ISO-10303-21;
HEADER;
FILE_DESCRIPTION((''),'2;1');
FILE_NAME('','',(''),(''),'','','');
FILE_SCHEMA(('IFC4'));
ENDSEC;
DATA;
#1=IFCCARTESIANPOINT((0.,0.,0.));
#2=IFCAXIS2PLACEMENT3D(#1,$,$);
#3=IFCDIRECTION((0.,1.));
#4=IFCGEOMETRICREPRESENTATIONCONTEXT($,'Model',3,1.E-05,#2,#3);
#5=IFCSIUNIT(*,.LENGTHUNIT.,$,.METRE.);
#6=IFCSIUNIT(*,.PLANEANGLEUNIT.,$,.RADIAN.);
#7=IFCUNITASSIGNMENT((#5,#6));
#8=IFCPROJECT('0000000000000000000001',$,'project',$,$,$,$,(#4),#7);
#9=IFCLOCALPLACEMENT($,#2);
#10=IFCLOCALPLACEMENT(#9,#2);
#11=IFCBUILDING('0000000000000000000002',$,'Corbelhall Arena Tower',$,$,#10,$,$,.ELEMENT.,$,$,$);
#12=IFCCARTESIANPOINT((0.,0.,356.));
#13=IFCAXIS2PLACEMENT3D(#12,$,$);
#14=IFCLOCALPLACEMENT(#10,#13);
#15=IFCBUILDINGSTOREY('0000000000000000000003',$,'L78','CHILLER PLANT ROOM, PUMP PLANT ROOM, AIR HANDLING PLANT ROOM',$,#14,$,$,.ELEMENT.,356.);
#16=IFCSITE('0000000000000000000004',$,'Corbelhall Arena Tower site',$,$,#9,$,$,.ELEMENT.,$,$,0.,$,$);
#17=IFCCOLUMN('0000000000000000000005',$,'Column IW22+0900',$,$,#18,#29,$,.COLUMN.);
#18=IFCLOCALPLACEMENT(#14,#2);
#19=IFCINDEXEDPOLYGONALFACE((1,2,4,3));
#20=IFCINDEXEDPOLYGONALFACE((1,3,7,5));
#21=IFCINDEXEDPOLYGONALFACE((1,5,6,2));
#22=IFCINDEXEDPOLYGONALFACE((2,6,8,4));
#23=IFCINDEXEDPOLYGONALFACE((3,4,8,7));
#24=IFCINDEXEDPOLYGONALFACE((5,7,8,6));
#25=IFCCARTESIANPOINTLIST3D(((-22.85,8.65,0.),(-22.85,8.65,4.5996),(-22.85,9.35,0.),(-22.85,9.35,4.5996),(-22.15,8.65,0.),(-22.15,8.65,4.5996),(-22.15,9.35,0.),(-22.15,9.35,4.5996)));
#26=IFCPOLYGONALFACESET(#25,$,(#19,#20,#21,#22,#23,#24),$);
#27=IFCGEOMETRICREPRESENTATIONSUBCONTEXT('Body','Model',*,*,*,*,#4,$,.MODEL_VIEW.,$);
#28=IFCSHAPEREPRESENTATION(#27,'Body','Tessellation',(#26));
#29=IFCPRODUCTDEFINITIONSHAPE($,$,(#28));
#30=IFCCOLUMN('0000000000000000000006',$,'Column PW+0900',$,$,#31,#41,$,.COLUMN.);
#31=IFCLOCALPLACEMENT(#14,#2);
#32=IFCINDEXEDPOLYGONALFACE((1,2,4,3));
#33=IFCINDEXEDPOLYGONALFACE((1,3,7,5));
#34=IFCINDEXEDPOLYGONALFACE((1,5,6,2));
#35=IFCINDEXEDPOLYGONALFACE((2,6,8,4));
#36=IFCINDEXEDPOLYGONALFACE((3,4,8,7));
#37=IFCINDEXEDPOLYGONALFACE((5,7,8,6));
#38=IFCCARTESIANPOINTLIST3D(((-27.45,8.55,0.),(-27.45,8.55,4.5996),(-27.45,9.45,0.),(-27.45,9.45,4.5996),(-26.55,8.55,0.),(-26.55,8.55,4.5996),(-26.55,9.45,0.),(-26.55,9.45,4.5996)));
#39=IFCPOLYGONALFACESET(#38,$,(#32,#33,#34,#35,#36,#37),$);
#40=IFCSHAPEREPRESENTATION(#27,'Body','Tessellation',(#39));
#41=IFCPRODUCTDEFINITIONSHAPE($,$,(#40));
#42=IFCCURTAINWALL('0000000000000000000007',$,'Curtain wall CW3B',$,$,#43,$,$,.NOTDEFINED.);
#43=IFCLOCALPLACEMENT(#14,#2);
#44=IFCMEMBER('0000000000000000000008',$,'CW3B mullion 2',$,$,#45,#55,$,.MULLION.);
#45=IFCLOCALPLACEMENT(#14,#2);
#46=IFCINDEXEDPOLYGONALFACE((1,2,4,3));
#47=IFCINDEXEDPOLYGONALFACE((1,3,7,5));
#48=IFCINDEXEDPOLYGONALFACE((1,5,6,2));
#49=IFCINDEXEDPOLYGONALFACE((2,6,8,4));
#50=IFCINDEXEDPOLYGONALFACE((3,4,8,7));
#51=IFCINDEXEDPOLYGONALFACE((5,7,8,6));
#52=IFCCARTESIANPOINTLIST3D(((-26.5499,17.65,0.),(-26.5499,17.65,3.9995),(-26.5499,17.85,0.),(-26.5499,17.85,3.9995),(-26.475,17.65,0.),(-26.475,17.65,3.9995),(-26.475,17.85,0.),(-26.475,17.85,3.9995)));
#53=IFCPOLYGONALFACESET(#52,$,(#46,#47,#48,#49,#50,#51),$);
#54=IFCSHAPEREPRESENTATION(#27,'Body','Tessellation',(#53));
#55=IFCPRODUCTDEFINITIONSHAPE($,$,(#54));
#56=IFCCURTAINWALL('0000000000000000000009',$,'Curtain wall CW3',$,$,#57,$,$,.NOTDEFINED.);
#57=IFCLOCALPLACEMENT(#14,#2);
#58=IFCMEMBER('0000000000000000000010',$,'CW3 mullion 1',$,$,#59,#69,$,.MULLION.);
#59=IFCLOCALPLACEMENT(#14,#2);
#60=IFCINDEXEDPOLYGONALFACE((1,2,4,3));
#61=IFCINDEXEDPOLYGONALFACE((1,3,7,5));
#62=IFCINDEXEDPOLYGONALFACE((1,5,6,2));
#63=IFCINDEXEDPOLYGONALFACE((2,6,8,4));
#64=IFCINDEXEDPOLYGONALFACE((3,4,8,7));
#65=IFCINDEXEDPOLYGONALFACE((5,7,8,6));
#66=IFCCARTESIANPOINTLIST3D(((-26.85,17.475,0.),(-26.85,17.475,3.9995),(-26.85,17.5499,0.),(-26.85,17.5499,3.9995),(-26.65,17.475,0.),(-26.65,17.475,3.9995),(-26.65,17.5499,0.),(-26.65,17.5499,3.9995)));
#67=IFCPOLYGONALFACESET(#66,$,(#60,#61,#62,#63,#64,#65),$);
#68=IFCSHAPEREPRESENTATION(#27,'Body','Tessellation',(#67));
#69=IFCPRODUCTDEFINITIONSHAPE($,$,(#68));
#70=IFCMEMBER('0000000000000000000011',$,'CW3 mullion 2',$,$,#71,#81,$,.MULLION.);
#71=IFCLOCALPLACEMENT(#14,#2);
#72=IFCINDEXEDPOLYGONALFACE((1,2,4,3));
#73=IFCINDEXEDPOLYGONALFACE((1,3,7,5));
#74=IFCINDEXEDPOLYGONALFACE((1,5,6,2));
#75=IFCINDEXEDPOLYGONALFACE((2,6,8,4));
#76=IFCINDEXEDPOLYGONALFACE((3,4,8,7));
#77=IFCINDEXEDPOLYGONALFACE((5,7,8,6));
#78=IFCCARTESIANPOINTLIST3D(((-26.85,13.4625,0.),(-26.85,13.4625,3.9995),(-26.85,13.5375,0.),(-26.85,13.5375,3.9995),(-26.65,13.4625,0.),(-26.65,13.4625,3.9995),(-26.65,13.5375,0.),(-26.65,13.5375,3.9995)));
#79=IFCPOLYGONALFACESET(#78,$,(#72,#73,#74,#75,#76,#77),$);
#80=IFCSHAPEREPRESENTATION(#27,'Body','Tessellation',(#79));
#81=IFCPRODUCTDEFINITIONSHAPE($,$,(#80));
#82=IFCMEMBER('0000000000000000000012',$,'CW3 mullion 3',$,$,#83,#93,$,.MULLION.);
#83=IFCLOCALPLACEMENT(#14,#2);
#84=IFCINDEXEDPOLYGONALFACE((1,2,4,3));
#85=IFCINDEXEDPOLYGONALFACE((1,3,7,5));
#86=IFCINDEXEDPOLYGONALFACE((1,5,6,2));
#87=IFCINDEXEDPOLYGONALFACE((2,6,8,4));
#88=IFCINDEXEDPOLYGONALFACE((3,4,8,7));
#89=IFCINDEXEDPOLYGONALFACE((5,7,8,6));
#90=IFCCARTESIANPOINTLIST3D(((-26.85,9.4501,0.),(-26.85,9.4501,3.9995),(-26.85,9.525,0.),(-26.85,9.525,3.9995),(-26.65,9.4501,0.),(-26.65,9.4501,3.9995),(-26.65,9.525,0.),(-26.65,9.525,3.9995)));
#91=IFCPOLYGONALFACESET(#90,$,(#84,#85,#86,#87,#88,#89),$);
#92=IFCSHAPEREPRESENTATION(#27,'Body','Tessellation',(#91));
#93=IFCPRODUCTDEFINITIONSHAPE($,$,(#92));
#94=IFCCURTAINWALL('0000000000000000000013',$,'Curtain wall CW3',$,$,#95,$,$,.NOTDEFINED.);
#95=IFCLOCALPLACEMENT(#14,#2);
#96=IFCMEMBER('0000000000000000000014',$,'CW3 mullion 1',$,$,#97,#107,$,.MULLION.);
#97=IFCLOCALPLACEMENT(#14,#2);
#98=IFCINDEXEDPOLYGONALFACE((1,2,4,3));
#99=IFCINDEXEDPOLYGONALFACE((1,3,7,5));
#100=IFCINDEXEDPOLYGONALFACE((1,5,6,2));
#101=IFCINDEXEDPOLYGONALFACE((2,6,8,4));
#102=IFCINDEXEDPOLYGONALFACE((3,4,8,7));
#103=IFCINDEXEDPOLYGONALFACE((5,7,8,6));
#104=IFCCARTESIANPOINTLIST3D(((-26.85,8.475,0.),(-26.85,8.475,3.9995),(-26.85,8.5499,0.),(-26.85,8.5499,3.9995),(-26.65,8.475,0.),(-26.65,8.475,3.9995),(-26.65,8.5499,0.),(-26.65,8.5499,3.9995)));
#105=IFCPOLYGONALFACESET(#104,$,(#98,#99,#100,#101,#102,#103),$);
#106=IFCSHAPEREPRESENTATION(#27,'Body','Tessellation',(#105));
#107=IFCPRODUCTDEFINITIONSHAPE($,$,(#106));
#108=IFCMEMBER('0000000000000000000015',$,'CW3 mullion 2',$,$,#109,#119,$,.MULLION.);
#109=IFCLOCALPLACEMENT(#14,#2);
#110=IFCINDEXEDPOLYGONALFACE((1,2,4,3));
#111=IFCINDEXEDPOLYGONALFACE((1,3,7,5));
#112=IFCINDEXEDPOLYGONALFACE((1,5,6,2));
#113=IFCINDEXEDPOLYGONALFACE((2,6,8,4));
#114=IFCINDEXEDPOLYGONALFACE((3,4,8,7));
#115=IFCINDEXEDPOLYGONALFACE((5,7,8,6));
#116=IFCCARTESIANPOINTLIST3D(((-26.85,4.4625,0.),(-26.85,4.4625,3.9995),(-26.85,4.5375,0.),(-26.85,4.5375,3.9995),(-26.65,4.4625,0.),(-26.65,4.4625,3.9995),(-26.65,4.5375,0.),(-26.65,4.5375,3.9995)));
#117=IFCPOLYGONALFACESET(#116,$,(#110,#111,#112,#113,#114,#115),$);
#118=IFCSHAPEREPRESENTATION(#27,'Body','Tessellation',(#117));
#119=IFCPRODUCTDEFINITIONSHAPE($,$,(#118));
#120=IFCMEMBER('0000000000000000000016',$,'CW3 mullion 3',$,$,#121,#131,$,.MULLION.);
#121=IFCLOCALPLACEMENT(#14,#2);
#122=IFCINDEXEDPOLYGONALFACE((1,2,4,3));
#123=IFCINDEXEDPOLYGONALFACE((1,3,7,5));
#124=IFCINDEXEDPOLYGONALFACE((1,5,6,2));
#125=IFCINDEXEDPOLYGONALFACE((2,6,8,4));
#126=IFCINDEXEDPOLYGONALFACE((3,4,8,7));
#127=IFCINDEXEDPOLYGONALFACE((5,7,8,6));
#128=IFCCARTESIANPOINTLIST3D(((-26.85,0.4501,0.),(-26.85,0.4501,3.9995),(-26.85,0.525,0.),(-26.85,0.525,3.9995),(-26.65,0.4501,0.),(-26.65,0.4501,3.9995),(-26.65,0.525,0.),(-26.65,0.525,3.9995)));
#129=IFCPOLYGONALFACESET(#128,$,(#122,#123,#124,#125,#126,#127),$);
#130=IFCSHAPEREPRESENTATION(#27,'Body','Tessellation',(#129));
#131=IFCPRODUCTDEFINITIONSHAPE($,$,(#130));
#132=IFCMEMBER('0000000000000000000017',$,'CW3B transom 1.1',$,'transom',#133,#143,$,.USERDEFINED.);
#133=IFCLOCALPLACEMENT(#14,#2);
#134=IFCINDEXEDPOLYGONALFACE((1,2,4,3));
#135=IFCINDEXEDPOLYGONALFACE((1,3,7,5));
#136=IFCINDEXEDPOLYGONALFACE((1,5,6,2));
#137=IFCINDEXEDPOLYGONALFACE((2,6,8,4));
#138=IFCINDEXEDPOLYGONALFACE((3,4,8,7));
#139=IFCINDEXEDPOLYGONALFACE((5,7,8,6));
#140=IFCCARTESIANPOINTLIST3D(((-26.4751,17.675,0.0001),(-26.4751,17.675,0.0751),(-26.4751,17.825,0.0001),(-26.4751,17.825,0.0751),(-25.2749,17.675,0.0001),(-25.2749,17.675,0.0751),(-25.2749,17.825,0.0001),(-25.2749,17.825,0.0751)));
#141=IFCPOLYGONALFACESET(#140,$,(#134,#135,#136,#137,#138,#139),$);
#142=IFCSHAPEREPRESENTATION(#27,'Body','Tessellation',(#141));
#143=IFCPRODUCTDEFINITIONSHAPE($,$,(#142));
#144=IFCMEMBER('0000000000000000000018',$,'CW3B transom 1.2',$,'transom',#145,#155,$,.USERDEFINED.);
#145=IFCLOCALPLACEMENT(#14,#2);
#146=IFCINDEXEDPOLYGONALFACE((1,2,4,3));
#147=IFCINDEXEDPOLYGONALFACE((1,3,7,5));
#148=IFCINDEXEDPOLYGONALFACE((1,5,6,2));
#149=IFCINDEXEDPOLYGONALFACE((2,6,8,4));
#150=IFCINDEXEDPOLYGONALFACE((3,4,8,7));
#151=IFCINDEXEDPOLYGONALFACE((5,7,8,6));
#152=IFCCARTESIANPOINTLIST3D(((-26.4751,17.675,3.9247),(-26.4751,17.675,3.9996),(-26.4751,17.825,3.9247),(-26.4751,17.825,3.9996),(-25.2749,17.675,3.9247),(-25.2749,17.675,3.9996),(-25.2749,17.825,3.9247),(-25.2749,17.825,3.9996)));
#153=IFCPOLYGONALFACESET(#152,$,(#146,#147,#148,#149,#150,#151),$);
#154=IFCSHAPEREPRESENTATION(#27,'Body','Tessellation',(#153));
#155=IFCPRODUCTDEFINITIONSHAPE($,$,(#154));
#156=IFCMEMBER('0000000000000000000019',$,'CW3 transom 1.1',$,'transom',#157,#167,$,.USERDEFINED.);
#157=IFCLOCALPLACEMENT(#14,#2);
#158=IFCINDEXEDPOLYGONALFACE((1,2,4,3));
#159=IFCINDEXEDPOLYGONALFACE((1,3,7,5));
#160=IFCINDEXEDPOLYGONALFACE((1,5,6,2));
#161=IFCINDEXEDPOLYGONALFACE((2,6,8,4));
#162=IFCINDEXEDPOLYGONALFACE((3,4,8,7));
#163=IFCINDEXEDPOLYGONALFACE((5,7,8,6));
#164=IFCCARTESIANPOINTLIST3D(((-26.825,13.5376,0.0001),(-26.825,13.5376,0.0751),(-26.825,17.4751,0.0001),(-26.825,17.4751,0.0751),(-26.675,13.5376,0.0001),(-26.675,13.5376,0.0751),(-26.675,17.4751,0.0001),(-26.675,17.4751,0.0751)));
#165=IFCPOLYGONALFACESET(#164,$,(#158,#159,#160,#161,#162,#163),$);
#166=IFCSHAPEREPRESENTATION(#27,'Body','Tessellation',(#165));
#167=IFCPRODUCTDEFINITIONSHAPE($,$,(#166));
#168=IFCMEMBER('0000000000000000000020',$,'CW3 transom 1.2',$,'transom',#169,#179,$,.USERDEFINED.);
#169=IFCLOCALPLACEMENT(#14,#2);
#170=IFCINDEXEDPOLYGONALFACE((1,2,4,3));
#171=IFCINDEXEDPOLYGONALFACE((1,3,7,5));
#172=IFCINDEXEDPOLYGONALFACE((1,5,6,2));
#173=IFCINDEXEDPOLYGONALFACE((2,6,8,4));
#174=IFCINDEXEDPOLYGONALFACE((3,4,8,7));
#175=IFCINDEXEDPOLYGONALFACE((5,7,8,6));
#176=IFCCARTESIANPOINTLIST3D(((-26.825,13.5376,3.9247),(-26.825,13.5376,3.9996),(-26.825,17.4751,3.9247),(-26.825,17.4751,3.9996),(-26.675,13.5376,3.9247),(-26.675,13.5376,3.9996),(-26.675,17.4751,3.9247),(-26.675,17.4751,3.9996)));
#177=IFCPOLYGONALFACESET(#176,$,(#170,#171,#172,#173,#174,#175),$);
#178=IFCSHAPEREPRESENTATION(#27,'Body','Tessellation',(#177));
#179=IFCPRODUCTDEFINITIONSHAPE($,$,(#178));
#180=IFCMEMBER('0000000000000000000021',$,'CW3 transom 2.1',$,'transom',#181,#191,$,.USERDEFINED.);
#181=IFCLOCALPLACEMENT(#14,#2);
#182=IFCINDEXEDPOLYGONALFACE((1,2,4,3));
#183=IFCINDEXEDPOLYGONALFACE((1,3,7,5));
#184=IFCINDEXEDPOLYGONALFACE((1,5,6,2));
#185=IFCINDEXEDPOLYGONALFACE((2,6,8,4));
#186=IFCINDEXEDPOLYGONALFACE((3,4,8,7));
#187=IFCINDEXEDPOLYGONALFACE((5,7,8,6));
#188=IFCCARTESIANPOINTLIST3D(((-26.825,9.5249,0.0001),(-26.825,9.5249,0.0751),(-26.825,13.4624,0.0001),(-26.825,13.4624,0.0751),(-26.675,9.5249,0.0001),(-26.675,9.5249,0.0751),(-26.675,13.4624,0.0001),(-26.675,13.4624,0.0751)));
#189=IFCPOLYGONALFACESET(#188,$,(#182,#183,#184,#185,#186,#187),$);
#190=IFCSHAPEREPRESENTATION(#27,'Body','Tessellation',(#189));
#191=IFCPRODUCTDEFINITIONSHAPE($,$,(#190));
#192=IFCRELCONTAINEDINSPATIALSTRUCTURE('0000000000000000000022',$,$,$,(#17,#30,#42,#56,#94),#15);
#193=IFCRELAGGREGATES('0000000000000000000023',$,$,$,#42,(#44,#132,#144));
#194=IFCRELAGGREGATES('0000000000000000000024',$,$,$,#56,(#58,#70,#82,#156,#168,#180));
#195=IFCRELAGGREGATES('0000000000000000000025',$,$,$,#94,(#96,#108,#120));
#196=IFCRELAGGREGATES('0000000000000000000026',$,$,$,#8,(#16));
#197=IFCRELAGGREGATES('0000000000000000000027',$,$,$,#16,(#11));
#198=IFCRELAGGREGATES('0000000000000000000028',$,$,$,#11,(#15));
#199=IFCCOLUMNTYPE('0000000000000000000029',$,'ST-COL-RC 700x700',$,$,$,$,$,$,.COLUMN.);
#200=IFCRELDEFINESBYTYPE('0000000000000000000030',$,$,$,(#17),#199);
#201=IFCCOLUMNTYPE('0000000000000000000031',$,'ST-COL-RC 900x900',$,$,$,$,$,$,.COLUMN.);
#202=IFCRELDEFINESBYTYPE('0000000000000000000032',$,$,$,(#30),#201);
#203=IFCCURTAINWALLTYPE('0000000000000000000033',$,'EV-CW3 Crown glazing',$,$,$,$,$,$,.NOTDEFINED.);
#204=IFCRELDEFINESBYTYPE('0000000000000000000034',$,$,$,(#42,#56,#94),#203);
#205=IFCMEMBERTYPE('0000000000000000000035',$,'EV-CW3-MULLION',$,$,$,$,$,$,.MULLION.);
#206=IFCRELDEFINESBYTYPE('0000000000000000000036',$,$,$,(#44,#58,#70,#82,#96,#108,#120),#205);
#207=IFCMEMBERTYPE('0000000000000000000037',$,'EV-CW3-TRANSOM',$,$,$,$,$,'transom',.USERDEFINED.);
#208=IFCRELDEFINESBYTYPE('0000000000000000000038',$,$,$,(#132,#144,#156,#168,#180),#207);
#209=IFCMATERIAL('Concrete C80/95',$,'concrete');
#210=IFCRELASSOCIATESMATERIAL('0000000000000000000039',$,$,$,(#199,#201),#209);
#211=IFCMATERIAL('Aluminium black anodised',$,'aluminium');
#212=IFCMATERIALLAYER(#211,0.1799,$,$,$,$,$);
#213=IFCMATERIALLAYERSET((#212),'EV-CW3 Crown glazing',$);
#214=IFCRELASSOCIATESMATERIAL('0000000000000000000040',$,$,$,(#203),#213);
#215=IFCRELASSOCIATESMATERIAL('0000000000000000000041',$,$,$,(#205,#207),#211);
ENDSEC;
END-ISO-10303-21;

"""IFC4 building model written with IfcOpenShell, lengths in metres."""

from ifc_helpers import new_model, si_unit, direction, frame, origin, origin_2d, place, context, subcontext, project, spatial, rectangle, extrude, material, layer, layer_set, material_profile, profile_set, type_object, element, aggregate, save


model = new_model("IFC4")

# Units and contexts
model_context = context("Model", 3, precision=1e-05, world=origin(), true_north=direction((0.0, 1.0)))
body_context = subcontext(model_context, "Body", "Model", "MODEL_VIEW")
ifc_project = project(units=[si_unit("LENGTHUNIT", "METRE"), si_unit("PLANEANGLEUNIT", "RADIAN")], contexts=[model_context])

# Site, building, storey
site_placement = place(None, origin())
site = spatial("IfcSite", under=ifc_project, at=site_placement, Name="Corbelhall Arena Tower site", CompositionType="ELEMENT", RefElevation=0.0)
building_placement = place(site_placement, origin())
building = spatial("IfcBuilding", under=site, at=building_placement, Name="Corbelhall Arena Tower", CompositionType="ELEMENT")
storey_placement = place(building_placement, frame((0.0, 0.0, 356.0)))
storey = spatial("IfcBuildingStorey", under=building, at=storey_placement, Name="L78", Description="CHILLER PLANT ROOM, PUMP PLANT ROOM, AIR HANDLING PLANT ROOM", CompositionType="ELEMENT", Elevation=356.0)

# Columns
ifc_material_1 = material(Name="Concrete C80/95", Category="concrete")
ifc_material_profile_1 = material_profile(ifc_material_1, rectangle(XDim=0.7, YDim=0.7, at=origin_2d()))
ifc_profile_set_1 = profile_set([ifc_material_profile_1], Name="Concrete C80/95")
column_type_1 = type_object("IfcColumnType", Name="ST-COL-RC 700x700", PredefinedType="COLUMN", material=ifc_profile_set_1)
column_1_placement = place(storey_placement, frame((-22.5, 9.0, 0.0), z_axis=(0.0, 0.0, 1.0), x_axis=(1.0, 0.0, 0.0)))
element("IfcColumn", 1, at=column_1_placement, inside=storey, type_object=column_type_1, Name="Column IW22+0900", PredefinedType="COLUMN", context=body_context, shape_type="SweptSolid", body=[
    extrude(rectangle(XDim=0.7, YDim=0.7, at=origin_2d()), origin(), (0.0, 0.0, 1.0), 4.5996),
])
ifc_material_profile_2 = material_profile(ifc_material_1, rectangle(XDim=0.8999, YDim=0.8999, at=origin_2d()))
ifc_profile_set_2 = profile_set([ifc_material_profile_2], Name="Concrete C80/95")
column_type_2 = type_object("IfcColumnType", Name="ST-COL-RC 900x900", PredefinedType="COLUMN", material=ifc_profile_set_2)
column_2_placement = place(storey_placement, frame((-27.0, 9.0, 0.0), z_axis=(0.0, 0.0, 1.0), x_axis=(0.0, 1.0, 0.0)))
element("IfcColumn", 2, at=column_2_placement, inside=storey, type_object=column_type_2, Name="Column PW+0900", PredefinedType="COLUMN", context=body_context, shape_type="SweptSolid", body=[
    extrude(rectangle(XDim=0.8999, YDim=0.8999, at=origin_2d()), origin(), (0.0, 0.0, 1.0), 4.5996),
])

# Curtain wall, member
ifc_material_2 = material(Name="Aluminium black anodised", Category="aluminium")
ifc_layer_1 = layer(ifc_material_2, 0.1799)
ifc_layer_set_1 = layer_set([ifc_layer_1], Name="EV-CW3 Crown glazing")
curtain_wall_type = type_object("IfcCurtainWallType", Name="EV-CW3 Crown glazing", PredefinedType="NOTDEFINED", material=ifc_layer_set_1)
curtain_wall_1_placement = place(storey_placement, origin())
curtain_wall_1 = element("IfcCurtainWall", 3, at=curtain_wall_1_placement, inside=storey, type_object=curtain_wall_type, Name="Curtain wall CW3B", PredefinedType="NOTDEFINED")
ifc_material_profile_3 = material_profile(ifc_material_2, rectangle(XDim=0.2, YDim=0.075, at=origin_2d()))
ifc_profile_set_3 = profile_set([ifc_material_profile_3], Name="Aluminium black anodised")
member_type_1 = type_object("IfcMemberType", Name="EV-CW3-MULLION", PredefinedType="MULLION", material=ifc_profile_set_3)
member_1_placement = place(storey_placement, frame((-26.5125, 17.75, 0.0), z_axis=(0.0, 0.0, 1.0), x_axis=(0.0, -1.0, 0.0)))
member_1 = element("IfcMember", 4, at=member_1_placement, type_object=member_type_1, Name="CW3B mullion 2", PredefinedType="MULLION", context=body_context, shape_type="SweptSolid", body=[
    extrude(rectangle(XDim=0.2, YDim=0.075, at=origin_2d()), origin(), (0.0, 0.0, 1.0), 3.9995),
])

# Curtain walls, members
curtain_wall_2_placement = place(storey_placement, origin())
curtain_wall_2 = element("IfcCurtainWall", 5, at=curtain_wall_2_placement, inside=storey, type_object=curtain_wall_type, Name="Curtain wall CW3", PredefinedType="NOTDEFINED")
member_2_placement = place(storey_placement, frame((-26.75, 17.5125, 0.0), z_axis=(0.0, 0.0, 1.0), x_axis=(1.0, 0.0, 0.0)))
member_2 = element("IfcMember", 6, at=member_2_placement, type_object=member_type_1, Name="CW3 mullion 1", PredefinedType="MULLION", context=body_context, shape_type="SweptSolid", body=[
    extrude(rectangle(XDim=0.2, YDim=0.075, at=origin_2d()), origin(), (0.0, 0.0, 1.0), 3.9995),
])
member_3_placement = place(storey_placement, frame((-26.75, 13.5, 0.0), z_axis=(0.0, 0.0, 1.0), x_axis=(1.0, 0.0, 0.0)))
member_3 = element("IfcMember", 7, at=member_3_placement, type_object=member_type_1, Name="CW3 mullion 2", PredefinedType="MULLION", context=body_context, shape_type="SweptSolid", body=[
    extrude(rectangle(XDim=0.2, YDim=0.075, at=origin_2d()), origin(), (0.0, 0.0, 1.0), 3.9995),
])
member_4_placement = place(storey_placement, frame((-26.75, 9.4875, 0.0), z_axis=(0.0, 0.0, 1.0), x_axis=(1.0, 0.0, 0.0)))
member_4 = element("IfcMember", 8, at=member_4_placement, type_object=member_type_1, Name="CW3 mullion 3", PredefinedType="MULLION", context=body_context, shape_type="SweptSolid", body=[
    extrude(rectangle(XDim=0.2, YDim=0.075, at=origin_2d()), origin(), (0.0, 0.0, 1.0), 3.9995),
])
curtain_wall_3_placement = place(storey_placement, origin())
curtain_wall_3 = element("IfcCurtainWall", 9, at=curtain_wall_3_placement, inside=storey, type_object=curtain_wall_type, Name="Curtain wall CW3", PredefinedType="NOTDEFINED")
member_5_placement = place(storey_placement, frame((-26.75, 8.5125, 0.0), z_axis=(0.0, 0.0, 1.0), x_axis=(1.0, 0.0, 0.0)))
member_5 = element("IfcMember", 10, at=member_5_placement, type_object=member_type_1, Name="CW3 mullion 1", PredefinedType="MULLION", context=body_context, shape_type="SweptSolid", body=[
    extrude(rectangle(XDim=0.2, YDim=0.075, at=origin_2d()), origin(), (0.0, 0.0, 1.0), 3.9995),
])
member_6_placement = place(storey_placement, frame((-26.75, 4.5, 0.0), z_axis=(0.0, 0.0, 1.0), x_axis=(1.0, 0.0, 0.0)))
member_6 = element("IfcMember", 11, at=member_6_placement, type_object=member_type_1, Name="CW3 mullion 2", PredefinedType="MULLION", context=body_context, shape_type="SweptSolid", body=[
    extrude(rectangle(XDim=0.2, YDim=0.075, at=origin_2d()), origin(), (0.0, 0.0, 1.0), 3.9995),
])
member_7_placement = place(storey_placement, frame((-26.75, 0.4875, 0.0), z_axis=(0.0, 0.0, 1.0), x_axis=(1.0, 0.0, 0.0)))
member_7 = element("IfcMember", 12, at=member_7_placement, type_object=member_type_1, Name="CW3 mullion 3", PredefinedType="MULLION", context=body_context, shape_type="SweptSolid", body=[
    extrude(rectangle(XDim=0.2, YDim=0.075, at=origin_2d()), origin(), (0.0, 0.0, 1.0), 3.9995),
])

# Members
ifc_material_profile_4 = material_profile(ifc_material_2, rectangle(XDim=0.1499, YDim=0.075, at=origin_2d()))
ifc_profile_set_4 = profile_set([ifc_material_profile_4], Name="Aluminium black anodised")
member_type_2 = type_object("IfcMemberType", Name="EV-CW3-TRANSOM", ElementType="transom", PredefinedType="USERDEFINED", material=ifc_profile_set_4)
member_8_placement = place(storey_placement, frame((-25.2749, 17.75, 0.0376), z_axis=(-1.0, 0.0, 0.0), x_axis=(0.0, -1.0, 0.0)))
member_8 = element("IfcMember", 13, at=member_8_placement, type_object=member_type_2, Name="CW3B transom 1.1", ObjectType="transom", PredefinedType="USERDEFINED", context=body_context, shape_type="SweptSolid", body=[
    extrude(rectangle(XDim=0.1499, YDim=0.075, at=origin_2d()), origin(), (0.0, 0.0, 1.0), 1.2002),
])
member_9_placement = place(storey_placement, frame((-25.2749, 17.75, 3.9622), z_axis=(-1.0, 0.0, 0.0), x_axis=(0.0, -1.0, 0.0)))
member_9 = element("IfcMember", 14, at=member_9_placement, type_object=member_type_2, Name="CW3B transom 1.2", ObjectType="transom", PredefinedType="USERDEFINED", context=body_context, shape_type="SweptSolid", body=[
    extrude(rectangle(XDim=0.1499, YDim=0.075, at=origin_2d()), origin(), (0.0, 0.0, 1.0), 1.2002),
])
member_10_placement = place(storey_placement, frame((-26.75, 17.4751, 0.0376), z_axis=(0.0, -1.0, 0.0), x_axis=(1.0, 0.0, 0.0)))
member_10 = element("IfcMember", 15, at=member_10_placement, type_object=member_type_2, Name="CW3 transom 1.1", ObjectType="transom", PredefinedType="USERDEFINED", context=body_context, shape_type="SweptSolid", body=[
    extrude(rectangle(XDim=0.1499, YDim=0.075, at=origin_2d()), origin(), (0.0, 0.0, 1.0), 3.9375),
])
member_11_placement = place(storey_placement, frame((-26.75, 17.4751, 3.9622), z_axis=(0.0, -1.0, 0.0), x_axis=(1.0, 0.0, 0.0)))
member_11 = element("IfcMember", 16, at=member_11_placement, type_object=member_type_2, Name="CW3 transom 1.2", ObjectType="transom", PredefinedType="USERDEFINED", context=body_context, shape_type="SweptSolid", body=[
    extrude(rectangle(XDim=0.1499, YDim=0.075, at=origin_2d()), origin(), (0.0, 0.0, 1.0), 3.9375),
])
member_12_placement = place(storey_placement, frame((-26.75, 13.4624, 0.0376), z_axis=(0.0, -1.0, 0.0), x_axis=(1.0, 0.0, 0.0)))
member_12 = element("IfcMember", 17, at=member_12_placement, type_object=member_type_2, Name="CW3 transom 2.1", ObjectType="transom", PredefinedType="USERDEFINED", context=body_context, shape_type="SweptSolid", body=[
    extrude(rectangle(XDim=0.1499, YDim=0.075, at=origin_2d()), origin(), (0.0, 0.0, 1.0), 3.9375),
])

aggregate(curtain_wall_1, [member_1, member_8, member_9])
aggregate(curtain_wall_2, [member_2, member_3, member_4, member_10, member_11, member_12])
aggregate(curtain_wall_3, [member_5, member_6, member_7])

save(model, "model.ifc")
